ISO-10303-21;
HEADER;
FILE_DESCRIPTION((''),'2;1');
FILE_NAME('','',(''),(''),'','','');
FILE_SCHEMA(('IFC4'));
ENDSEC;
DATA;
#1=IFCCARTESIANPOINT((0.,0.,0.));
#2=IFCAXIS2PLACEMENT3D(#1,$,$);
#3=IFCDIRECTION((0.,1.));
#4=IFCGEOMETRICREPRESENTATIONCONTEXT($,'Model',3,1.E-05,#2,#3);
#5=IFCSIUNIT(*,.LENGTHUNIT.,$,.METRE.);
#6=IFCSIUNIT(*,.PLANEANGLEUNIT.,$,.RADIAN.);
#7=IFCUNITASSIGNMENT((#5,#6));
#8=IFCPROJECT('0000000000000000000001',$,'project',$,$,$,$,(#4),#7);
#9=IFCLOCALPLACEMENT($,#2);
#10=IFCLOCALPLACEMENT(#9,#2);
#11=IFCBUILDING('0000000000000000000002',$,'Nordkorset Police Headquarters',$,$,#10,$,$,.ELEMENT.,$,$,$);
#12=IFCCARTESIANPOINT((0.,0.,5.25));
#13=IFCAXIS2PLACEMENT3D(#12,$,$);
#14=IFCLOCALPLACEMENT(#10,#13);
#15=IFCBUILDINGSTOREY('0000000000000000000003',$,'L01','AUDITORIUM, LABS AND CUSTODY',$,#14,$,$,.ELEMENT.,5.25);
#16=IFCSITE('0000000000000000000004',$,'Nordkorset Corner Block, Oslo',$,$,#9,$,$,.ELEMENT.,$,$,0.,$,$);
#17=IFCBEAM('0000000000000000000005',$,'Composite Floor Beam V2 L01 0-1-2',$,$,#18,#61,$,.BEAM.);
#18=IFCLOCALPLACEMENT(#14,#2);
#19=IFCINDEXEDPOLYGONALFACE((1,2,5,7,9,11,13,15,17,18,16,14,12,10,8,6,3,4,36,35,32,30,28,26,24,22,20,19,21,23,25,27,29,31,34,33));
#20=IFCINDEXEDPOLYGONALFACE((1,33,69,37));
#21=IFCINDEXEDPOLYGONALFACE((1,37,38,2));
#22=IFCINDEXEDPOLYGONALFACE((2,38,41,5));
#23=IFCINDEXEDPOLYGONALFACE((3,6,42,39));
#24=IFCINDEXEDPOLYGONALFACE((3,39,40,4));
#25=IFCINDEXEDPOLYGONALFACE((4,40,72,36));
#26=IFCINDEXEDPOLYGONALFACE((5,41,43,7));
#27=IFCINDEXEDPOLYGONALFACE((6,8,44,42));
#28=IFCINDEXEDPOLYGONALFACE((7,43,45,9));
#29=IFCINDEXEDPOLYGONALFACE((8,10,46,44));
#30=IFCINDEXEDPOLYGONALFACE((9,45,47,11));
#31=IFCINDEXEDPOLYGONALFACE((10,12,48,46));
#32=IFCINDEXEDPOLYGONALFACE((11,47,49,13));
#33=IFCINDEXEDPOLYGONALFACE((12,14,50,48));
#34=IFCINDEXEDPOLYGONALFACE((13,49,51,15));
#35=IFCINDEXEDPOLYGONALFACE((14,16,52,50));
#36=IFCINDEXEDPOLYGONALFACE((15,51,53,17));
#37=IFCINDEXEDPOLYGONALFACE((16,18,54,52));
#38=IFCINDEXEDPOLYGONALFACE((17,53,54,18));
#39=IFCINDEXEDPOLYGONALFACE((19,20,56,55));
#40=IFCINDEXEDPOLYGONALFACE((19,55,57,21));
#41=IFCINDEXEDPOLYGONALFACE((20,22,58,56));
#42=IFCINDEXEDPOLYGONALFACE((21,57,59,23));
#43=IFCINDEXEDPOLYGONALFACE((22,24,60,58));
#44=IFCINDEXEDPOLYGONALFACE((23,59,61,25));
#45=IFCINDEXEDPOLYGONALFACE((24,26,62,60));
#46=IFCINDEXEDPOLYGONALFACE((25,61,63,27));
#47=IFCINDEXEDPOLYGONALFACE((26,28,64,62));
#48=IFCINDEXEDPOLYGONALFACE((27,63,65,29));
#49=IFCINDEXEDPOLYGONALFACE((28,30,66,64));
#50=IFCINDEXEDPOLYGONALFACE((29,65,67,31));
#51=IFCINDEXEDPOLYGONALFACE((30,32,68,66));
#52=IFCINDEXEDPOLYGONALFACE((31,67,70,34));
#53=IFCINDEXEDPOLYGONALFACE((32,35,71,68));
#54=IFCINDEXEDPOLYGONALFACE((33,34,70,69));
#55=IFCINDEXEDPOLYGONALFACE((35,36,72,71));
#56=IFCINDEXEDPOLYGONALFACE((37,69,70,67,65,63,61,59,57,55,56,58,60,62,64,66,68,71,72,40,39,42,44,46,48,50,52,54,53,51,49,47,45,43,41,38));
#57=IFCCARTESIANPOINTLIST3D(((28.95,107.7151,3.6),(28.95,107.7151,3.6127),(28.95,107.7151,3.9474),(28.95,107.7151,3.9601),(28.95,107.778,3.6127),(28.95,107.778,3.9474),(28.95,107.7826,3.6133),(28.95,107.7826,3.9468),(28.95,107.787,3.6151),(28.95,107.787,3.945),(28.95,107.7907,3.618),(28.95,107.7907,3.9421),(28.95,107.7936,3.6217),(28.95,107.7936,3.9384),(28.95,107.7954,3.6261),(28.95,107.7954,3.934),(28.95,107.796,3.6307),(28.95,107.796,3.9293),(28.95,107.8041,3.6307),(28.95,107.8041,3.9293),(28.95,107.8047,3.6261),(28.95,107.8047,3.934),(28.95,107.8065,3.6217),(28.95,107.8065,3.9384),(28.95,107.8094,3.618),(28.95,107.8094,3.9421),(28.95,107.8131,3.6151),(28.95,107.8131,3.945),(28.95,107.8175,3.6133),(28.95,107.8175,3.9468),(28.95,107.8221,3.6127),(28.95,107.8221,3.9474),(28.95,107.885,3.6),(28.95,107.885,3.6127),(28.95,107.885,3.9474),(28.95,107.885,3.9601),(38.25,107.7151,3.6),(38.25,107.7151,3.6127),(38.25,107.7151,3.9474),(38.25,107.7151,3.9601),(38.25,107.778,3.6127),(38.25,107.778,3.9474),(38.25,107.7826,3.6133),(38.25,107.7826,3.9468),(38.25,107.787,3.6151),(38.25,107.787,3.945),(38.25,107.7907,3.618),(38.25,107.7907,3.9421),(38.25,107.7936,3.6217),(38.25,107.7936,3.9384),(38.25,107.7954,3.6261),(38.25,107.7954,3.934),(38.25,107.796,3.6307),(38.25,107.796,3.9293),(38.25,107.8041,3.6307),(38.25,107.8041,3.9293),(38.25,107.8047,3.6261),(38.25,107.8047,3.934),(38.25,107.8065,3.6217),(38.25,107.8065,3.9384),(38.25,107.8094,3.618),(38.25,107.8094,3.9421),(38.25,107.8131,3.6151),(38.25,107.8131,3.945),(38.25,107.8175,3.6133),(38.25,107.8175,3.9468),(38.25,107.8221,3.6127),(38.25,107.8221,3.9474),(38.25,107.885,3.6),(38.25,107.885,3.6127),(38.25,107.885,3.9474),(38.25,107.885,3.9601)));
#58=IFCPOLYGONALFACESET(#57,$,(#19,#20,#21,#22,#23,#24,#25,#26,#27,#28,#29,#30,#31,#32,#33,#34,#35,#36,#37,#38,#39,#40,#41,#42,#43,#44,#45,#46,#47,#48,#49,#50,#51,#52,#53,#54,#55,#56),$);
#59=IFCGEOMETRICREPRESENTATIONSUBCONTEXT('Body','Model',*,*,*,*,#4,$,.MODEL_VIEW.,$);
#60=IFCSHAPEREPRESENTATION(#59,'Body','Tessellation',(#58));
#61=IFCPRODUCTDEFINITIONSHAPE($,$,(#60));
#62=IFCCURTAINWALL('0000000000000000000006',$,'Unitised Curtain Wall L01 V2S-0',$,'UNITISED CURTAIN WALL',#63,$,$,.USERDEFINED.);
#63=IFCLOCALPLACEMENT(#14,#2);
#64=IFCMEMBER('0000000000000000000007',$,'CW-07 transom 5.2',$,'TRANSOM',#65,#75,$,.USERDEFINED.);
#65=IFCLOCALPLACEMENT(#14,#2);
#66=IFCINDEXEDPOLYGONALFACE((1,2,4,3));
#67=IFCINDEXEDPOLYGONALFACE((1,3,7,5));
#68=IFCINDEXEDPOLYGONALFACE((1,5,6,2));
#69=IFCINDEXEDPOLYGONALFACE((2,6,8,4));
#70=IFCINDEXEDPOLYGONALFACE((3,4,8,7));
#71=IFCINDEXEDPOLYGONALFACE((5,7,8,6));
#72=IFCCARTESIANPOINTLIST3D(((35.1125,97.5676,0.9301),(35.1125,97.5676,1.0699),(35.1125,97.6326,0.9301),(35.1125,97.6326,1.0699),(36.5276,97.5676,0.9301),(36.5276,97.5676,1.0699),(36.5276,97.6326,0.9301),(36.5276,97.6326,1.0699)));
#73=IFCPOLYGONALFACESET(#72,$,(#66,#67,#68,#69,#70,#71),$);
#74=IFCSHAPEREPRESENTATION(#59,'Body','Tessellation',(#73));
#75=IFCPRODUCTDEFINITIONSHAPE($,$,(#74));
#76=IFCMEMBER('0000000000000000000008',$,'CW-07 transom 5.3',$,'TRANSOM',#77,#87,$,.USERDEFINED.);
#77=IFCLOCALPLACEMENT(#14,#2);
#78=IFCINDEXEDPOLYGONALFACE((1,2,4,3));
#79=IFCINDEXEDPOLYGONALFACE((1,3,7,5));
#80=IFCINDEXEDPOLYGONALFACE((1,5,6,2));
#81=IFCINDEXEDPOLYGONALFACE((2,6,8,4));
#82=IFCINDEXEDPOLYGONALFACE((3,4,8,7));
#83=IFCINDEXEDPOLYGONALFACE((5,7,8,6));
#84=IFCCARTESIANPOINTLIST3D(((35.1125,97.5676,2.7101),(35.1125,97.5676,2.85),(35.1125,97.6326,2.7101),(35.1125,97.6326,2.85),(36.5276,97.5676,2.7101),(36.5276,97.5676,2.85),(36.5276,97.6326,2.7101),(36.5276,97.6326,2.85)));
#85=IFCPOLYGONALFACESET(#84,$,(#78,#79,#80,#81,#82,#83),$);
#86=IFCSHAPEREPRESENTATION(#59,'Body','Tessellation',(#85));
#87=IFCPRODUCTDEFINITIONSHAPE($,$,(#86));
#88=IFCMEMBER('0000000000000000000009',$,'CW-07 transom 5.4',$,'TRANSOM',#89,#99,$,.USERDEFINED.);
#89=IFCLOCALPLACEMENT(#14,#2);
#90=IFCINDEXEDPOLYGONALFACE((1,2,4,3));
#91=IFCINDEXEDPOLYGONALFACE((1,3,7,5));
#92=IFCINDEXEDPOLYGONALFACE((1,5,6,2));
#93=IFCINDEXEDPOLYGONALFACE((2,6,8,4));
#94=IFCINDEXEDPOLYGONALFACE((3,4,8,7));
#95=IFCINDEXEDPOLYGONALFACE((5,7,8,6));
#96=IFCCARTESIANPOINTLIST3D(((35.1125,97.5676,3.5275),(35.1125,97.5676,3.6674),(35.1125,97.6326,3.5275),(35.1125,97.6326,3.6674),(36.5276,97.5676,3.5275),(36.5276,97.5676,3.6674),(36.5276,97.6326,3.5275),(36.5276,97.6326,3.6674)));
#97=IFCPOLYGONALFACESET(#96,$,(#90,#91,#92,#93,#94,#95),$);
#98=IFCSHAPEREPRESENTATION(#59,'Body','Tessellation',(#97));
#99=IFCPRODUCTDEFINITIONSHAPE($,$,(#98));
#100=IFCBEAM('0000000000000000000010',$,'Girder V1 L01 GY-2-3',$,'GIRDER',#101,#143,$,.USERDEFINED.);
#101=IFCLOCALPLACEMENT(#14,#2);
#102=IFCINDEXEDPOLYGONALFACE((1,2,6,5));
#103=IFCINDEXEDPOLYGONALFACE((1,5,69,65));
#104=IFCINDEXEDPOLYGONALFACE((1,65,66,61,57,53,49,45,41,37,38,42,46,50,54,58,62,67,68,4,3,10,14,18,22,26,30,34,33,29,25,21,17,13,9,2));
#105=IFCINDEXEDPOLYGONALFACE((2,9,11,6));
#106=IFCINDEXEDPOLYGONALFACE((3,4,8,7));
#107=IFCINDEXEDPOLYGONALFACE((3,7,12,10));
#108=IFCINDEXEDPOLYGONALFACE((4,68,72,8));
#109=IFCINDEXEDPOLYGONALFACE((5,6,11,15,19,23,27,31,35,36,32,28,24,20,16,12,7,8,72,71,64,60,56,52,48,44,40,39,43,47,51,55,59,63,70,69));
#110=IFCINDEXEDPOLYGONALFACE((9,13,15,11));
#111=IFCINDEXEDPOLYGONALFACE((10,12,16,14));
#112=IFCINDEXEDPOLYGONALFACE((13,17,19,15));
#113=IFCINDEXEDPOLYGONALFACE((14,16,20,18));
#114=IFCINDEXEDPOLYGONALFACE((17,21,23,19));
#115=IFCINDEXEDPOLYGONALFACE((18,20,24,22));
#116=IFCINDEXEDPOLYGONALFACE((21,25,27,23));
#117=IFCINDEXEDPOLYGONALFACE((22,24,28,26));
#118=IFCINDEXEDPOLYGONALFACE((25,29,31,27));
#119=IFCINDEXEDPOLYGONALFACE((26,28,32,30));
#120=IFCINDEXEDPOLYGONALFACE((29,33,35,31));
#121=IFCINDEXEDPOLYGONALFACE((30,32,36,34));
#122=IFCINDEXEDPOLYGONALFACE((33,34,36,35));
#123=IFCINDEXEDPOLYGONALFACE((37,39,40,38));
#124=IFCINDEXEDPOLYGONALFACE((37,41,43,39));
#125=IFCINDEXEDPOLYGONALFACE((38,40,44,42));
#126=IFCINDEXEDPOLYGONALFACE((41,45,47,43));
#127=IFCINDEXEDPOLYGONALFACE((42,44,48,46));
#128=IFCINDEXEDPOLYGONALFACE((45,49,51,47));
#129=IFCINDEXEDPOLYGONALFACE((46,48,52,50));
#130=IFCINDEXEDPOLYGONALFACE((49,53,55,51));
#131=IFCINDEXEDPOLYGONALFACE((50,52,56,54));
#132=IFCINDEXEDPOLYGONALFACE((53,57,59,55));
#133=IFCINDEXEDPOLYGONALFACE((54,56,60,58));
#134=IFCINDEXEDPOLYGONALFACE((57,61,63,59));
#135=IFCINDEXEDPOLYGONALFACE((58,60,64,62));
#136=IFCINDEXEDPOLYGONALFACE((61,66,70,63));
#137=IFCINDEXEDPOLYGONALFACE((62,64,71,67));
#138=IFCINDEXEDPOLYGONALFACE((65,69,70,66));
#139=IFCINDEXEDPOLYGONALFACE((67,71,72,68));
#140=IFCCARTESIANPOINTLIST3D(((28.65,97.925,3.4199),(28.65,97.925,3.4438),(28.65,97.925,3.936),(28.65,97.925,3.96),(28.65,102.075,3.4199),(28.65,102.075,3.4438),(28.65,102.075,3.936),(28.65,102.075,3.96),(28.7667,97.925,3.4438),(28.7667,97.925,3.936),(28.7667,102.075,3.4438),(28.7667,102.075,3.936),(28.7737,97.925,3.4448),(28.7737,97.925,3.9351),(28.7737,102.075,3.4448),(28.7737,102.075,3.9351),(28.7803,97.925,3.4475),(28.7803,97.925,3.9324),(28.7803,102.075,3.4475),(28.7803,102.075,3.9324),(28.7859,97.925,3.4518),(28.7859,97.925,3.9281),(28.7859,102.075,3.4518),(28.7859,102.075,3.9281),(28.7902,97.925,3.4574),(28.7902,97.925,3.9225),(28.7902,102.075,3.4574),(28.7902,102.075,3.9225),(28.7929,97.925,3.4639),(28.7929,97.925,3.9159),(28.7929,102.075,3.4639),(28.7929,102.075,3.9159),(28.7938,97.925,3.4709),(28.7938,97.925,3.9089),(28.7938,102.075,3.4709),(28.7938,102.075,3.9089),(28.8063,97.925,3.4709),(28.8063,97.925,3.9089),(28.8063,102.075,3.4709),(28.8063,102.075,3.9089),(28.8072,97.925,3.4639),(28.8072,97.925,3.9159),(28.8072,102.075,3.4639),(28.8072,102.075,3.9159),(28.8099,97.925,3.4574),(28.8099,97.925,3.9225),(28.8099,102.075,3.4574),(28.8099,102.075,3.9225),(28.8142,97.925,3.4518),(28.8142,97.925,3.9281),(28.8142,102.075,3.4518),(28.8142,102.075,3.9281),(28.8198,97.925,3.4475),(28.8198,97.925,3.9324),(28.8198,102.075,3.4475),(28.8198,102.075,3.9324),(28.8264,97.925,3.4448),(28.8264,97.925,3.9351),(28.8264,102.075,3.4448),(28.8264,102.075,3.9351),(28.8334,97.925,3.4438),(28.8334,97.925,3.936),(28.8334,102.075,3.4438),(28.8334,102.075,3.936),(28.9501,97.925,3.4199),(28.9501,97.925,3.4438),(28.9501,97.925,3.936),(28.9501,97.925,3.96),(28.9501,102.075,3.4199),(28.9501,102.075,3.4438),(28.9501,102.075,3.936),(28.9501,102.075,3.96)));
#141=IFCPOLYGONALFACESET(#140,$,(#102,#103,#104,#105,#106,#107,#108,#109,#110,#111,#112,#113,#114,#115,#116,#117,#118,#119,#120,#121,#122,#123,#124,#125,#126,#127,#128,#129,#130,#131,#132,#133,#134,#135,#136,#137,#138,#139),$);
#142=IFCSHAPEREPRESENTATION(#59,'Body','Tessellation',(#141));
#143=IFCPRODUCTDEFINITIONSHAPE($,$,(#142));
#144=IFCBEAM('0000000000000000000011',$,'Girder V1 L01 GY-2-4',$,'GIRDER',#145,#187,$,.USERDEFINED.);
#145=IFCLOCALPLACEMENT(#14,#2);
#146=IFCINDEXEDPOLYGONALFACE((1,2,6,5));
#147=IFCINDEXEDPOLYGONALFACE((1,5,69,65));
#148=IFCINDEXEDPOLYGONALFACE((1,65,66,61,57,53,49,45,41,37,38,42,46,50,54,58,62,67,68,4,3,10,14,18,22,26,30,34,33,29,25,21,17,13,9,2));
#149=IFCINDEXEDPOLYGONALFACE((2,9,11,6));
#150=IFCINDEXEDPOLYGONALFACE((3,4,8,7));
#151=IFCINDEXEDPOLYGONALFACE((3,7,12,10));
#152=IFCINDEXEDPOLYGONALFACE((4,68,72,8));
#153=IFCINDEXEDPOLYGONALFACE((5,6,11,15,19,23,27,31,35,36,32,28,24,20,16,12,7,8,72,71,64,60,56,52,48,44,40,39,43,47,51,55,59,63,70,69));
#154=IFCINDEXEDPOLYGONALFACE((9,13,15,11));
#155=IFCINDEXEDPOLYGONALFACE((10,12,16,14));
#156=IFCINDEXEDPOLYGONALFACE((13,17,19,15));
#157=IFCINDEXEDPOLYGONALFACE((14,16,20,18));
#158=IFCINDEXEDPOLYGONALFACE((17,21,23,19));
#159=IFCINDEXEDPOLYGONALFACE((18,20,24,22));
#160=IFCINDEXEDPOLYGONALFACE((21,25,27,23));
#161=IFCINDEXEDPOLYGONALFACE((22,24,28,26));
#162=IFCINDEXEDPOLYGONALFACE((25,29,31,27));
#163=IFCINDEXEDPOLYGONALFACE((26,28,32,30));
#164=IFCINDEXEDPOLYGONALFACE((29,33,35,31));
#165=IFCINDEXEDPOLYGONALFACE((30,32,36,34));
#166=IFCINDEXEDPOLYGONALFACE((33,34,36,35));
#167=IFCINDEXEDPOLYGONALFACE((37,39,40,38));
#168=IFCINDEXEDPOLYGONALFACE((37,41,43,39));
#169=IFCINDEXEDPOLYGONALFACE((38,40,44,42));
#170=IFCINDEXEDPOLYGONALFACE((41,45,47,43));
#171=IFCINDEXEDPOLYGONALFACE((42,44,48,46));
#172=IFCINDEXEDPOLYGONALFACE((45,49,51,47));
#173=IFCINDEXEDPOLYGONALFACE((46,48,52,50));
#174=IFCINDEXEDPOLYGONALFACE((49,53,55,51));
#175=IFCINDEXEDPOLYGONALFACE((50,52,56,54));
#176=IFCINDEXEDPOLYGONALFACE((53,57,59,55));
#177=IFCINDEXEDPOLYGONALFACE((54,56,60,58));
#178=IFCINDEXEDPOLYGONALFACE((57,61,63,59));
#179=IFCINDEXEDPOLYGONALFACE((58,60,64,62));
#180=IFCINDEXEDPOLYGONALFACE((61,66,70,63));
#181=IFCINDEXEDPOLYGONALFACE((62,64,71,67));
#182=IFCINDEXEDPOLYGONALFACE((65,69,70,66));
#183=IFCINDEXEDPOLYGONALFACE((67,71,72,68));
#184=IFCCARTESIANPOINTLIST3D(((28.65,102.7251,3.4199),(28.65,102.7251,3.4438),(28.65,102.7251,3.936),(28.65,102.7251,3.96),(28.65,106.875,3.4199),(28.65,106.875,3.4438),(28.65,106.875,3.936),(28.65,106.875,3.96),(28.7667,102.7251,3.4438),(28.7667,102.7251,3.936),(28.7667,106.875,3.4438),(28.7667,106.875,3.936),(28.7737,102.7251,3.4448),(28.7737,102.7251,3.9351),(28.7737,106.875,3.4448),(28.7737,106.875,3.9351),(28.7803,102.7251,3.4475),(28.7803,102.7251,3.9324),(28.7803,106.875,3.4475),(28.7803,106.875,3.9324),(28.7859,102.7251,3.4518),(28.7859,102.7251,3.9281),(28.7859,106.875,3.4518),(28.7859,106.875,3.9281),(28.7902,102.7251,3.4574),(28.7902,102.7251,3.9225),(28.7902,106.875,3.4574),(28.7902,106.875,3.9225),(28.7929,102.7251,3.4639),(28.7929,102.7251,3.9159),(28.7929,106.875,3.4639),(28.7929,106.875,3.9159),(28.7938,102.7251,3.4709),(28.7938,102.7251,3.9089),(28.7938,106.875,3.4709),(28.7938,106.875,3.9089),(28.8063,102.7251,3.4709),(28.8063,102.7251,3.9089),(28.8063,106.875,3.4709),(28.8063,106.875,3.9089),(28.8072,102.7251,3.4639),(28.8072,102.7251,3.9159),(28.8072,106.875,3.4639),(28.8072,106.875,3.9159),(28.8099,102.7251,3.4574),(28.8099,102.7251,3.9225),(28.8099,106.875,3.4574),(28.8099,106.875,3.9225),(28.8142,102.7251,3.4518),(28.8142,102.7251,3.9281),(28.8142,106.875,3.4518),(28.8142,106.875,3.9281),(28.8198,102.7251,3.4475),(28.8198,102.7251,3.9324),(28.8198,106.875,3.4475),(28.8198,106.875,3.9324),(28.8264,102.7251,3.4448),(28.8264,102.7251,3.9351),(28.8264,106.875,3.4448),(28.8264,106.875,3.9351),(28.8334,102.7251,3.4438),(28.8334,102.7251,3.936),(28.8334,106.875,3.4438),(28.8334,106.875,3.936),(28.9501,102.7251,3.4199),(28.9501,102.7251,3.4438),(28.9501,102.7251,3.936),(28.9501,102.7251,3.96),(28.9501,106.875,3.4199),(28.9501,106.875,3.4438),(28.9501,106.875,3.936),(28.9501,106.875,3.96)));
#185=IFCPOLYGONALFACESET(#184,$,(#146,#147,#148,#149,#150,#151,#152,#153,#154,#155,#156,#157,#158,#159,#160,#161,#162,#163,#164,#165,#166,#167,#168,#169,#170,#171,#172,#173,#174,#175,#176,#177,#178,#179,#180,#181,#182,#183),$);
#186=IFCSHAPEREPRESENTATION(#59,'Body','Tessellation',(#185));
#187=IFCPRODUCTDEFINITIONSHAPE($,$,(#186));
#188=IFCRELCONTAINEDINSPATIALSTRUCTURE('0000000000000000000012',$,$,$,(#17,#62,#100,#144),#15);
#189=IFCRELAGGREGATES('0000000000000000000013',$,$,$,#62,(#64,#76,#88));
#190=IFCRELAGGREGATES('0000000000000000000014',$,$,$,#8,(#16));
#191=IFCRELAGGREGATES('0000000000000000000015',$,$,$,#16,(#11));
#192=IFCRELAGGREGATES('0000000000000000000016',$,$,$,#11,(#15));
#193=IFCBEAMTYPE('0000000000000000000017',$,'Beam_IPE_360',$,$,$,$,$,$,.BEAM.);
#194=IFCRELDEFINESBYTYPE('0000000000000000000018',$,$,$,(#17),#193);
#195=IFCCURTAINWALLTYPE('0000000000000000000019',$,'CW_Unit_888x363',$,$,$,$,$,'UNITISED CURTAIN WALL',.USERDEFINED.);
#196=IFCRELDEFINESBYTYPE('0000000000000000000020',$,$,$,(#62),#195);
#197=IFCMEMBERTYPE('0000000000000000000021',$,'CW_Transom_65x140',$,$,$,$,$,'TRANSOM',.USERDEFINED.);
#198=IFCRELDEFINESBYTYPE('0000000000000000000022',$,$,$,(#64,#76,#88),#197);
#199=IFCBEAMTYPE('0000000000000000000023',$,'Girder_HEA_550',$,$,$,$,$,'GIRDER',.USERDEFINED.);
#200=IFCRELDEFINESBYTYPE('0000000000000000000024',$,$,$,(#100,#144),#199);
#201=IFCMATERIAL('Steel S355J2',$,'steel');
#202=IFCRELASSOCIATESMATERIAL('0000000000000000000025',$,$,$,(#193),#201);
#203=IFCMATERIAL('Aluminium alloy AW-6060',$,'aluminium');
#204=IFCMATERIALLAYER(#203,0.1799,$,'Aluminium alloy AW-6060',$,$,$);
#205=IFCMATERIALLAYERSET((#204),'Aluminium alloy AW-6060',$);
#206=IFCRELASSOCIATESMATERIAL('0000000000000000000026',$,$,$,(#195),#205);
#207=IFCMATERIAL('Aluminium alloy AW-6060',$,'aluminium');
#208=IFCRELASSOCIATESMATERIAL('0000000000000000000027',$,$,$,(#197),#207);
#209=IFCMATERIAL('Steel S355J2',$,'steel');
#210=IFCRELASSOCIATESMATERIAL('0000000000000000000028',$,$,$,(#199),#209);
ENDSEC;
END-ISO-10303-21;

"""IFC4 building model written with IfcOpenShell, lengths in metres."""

from ifc_helpers import new_model, si_unit, direction, frame, origin, origin_2d, place, context, subcontext, project, spatial, rectangle, i_section, extrude, material, layer, layer_set, material_profile, profile_set, type_object, element, aggregate, save


model = new_model("IFC4")

# Units and contexts
model_context = context("Model", 3, precision=1e-05, world=origin(), true_north=direction((0.0, 1.0)))
body_context = subcontext(model_context, "Body", "Model", "MODEL_VIEW")
ifc_project = project(units=[si_unit("LENGTHUNIT", "METRE"), si_unit("PLANEANGLEUNIT", "RADIAN")], contexts=[model_context])

# Site, building, storey
site_placement = place(None, origin())
site = spatial("IfcSite", under=ifc_project, at=site_placement, Name="Nordkorset Corner Block, Oslo", CompositionType="ELEMENT", RefElevation=0.0)
building_placement = place(site_placement, origin())
building = spatial("IfcBuilding", under=site, at=building_placement, Name="Nordkorset Police Headquarters", CompositionType="ELEMENT")
storey_placement = place(building_placement, frame((0.0, 0.0, 5.25)))
storey = spatial("IfcBuildingStorey", under=building, at=storey_placement, Name="L01", Description="AUDITORIUM, LABS AND CUSTODY", CompositionType="ELEMENT", Elevation=5.25)

# Beam
ifc_material_1 = material(Name="Steel S355J2", Category="steel")
ifc_material_profile_1 = material_profile(ifc_material_1, i_section(OverallWidth=0.1699, OverallDepth=0.3601, WebThickness=0.0081, FlangeThickness=0.0127, FilletRadius=0.0181, at=origin_2d()), Name="IPE 360")
ifc_profile_set_1 = profile_set([ifc_material_profile_1], Name="Steel S355J2")
beam_type_1 = type_object("IfcBeamType", Name="Beam_IPE_360", PredefinedType="BEAM", material=ifc_profile_set_1)
for number, where, z_axis, x_axis, name in (
    (1, (28.95, 107.8, 3.78), (1.0, 0.0, 0.0), (0.0, 1.0, 0.0), "Composite Floor Beam V2 L01 0-1-2"),
):
    element("IfcBeam", number, at=place(storey_placement, frame(where, z_axis=z_axis, x_axis=x_axis)), inside=storey, type_object=beam_type_1, Name=name, PredefinedType="BEAM", context=body_context, shape_type="SweptSolid", body=[
        extrude(i_section(OverallWidth=0.1699, OverallDepth=0.3601, WebThickness=0.0081, FlangeThickness=0.0127, FilletRadius=0.0181, at=origin_2d()), origin(), (0.0, 0.0, 1.0), 9.3),
    ])

# Curtain wall, members
ifc_material_2 = material(Name="Aluminium alloy AW-6060", Category="aluminium")
ifc_layer_1 = layer(ifc_material_2, 0.1799, Name="Aluminium alloy AW-6060")
ifc_layer_set_1 = layer_set([ifc_layer_1], Name="Aluminium alloy AW-6060")
curtain_wall_type = type_object("IfcCurtainWallType", Name="CW_Unit_888x363", ElementType="UNITISED CURTAIN WALL", PredefinedType="USERDEFINED", material=ifc_layer_set_1)
curtain_wall_placement = place(storey_placement, origin())
curtain_wall = element("IfcCurtainWall", 2, at=curtain_wall_placement, inside=storey, type_object=curtain_wall_type, Name="Unitised Curtain Wall L01 V2S-0", ObjectType="UNITISED CURTAIN WALL", PredefinedType="USERDEFINED")
ifc_material_3 = material(Name="Aluminium alloy AW-6060", Category="aluminium")
ifc_material_profile_2 = material_profile(ifc_material_3, rectangle(XDim=0.0649, YDim=0.1399, at=origin_2d()), Name="ALU TRAN 65x140")
ifc_profile_set_2 = profile_set([ifc_material_profile_2], Name="Aluminium alloy AW-6060")
member_type = type_object("IfcMemberType", Name="CW_Transom_65x140", ElementType="TRANSOM", PredefinedType="USERDEFINED", material=ifc_profile_set_2)
member_1_placement = place(storey_placement, frame((35.1125, 97.6001, 1.0), z_axis=(1.0, 0.0, 0.0), x_axis=(0.0, 1.0, 0.0)))
member_1 = element("IfcMember", 3, at=member_1_placement, type_object=member_type, Name="CW-07 transom 5.2", ObjectType="TRANSOM", PredefinedType="USERDEFINED", context=body_context, shape_type="SweptSolid", body=[
    extrude(rectangle(XDim=0.0649, YDim=0.1399, at=origin_2d()), origin(), (0.0, 0.0, 1.0), 1.415),
])
member_2_placement = place(storey_placement, frame((35.1125, 97.6001, 2.78), z_axis=(1.0, 0.0, 0.0), x_axis=(0.0, 1.0, 0.0)))
member_2 = element("IfcMember", 4, at=member_2_placement, type_object=member_type, Name="CW-07 transom 5.3", ObjectType="TRANSOM", PredefinedType="USERDEFINED", context=body_context, shape_type="SweptSolid", body=[
    extrude(rectangle(XDim=0.0649, YDim=0.1399, at=origin_2d()), origin(), (0.0, 0.0, 1.0), 1.415),
])
member_3_placement = place(storey_placement, frame((35.1125, 97.6001, 3.5974), z_axis=(1.0, 0.0, 0.0), x_axis=(0.0, 1.0, 0.0)))
member_3 = element("IfcMember", 5, at=member_3_placement, type_object=member_type, Name="CW-07 transom 5.4", ObjectType="TRANSOM", PredefinedType="USERDEFINED", context=body_context, shape_type="SweptSolid", body=[
    extrude(rectangle(XDim=0.0649, YDim=0.1399, at=origin_2d()), origin(), (0.0, 0.0, 1.0), 1.415),
])
aggregate(curtain_wall, [member_1, member_2, member_3])

# Beams
ifc_material_4 = material(Name="Steel S355J2", Category="steel")
ifc_material_profile_3 = material_profile(ifc_material_4, i_section(OverallWidth=0.3, OverallDepth=0.54, WebThickness=0.0125, FlangeThickness=0.0239, FilletRadius=0.0271, at=origin_2d()), Name="HEA 550")
ifc_profile_set_3 = profile_set([ifc_material_profile_3], Name="Steel S355J2")
beam_type_2 = type_object("IfcBeamType", Name="Girder_HEA_550", ElementType="GIRDER", PredefinedType="USERDEFINED", material=ifc_profile_set_3)
for number, where, z_axis, x_axis, name in (
    (6, (28.8, 97.925, 3.6899), (0.0, 1.0, 0.0), (-1.0, 0.0, 0.0), "Girder V1 L01 GY-2-3"),
    (7, (28.8, 102.7251, 3.6899), (0.0, 1.0, 0.0), (-1.0, 0.0, 0.0), "Girder V1 L01 GY-2-4"),
):
    element("IfcBeam", number, at=place(storey_placement, frame(where, z_axis=z_axis, x_axis=x_axis)), inside=storey, type_object=beam_type_2, Name=name, ObjectType="GIRDER", PredefinedType="USERDEFINED", context=body_context, shape_type="SweptSolid", body=[
        extrude(i_section(OverallWidth=0.3, OverallDepth=0.54, WebThickness=0.0125, FlangeThickness=0.0239, FilletRadius=0.0271, at=origin_2d()), origin(), (0.0, 0.0, 1.0), 4.1499),
    ])

save(model, "model.ifc")
